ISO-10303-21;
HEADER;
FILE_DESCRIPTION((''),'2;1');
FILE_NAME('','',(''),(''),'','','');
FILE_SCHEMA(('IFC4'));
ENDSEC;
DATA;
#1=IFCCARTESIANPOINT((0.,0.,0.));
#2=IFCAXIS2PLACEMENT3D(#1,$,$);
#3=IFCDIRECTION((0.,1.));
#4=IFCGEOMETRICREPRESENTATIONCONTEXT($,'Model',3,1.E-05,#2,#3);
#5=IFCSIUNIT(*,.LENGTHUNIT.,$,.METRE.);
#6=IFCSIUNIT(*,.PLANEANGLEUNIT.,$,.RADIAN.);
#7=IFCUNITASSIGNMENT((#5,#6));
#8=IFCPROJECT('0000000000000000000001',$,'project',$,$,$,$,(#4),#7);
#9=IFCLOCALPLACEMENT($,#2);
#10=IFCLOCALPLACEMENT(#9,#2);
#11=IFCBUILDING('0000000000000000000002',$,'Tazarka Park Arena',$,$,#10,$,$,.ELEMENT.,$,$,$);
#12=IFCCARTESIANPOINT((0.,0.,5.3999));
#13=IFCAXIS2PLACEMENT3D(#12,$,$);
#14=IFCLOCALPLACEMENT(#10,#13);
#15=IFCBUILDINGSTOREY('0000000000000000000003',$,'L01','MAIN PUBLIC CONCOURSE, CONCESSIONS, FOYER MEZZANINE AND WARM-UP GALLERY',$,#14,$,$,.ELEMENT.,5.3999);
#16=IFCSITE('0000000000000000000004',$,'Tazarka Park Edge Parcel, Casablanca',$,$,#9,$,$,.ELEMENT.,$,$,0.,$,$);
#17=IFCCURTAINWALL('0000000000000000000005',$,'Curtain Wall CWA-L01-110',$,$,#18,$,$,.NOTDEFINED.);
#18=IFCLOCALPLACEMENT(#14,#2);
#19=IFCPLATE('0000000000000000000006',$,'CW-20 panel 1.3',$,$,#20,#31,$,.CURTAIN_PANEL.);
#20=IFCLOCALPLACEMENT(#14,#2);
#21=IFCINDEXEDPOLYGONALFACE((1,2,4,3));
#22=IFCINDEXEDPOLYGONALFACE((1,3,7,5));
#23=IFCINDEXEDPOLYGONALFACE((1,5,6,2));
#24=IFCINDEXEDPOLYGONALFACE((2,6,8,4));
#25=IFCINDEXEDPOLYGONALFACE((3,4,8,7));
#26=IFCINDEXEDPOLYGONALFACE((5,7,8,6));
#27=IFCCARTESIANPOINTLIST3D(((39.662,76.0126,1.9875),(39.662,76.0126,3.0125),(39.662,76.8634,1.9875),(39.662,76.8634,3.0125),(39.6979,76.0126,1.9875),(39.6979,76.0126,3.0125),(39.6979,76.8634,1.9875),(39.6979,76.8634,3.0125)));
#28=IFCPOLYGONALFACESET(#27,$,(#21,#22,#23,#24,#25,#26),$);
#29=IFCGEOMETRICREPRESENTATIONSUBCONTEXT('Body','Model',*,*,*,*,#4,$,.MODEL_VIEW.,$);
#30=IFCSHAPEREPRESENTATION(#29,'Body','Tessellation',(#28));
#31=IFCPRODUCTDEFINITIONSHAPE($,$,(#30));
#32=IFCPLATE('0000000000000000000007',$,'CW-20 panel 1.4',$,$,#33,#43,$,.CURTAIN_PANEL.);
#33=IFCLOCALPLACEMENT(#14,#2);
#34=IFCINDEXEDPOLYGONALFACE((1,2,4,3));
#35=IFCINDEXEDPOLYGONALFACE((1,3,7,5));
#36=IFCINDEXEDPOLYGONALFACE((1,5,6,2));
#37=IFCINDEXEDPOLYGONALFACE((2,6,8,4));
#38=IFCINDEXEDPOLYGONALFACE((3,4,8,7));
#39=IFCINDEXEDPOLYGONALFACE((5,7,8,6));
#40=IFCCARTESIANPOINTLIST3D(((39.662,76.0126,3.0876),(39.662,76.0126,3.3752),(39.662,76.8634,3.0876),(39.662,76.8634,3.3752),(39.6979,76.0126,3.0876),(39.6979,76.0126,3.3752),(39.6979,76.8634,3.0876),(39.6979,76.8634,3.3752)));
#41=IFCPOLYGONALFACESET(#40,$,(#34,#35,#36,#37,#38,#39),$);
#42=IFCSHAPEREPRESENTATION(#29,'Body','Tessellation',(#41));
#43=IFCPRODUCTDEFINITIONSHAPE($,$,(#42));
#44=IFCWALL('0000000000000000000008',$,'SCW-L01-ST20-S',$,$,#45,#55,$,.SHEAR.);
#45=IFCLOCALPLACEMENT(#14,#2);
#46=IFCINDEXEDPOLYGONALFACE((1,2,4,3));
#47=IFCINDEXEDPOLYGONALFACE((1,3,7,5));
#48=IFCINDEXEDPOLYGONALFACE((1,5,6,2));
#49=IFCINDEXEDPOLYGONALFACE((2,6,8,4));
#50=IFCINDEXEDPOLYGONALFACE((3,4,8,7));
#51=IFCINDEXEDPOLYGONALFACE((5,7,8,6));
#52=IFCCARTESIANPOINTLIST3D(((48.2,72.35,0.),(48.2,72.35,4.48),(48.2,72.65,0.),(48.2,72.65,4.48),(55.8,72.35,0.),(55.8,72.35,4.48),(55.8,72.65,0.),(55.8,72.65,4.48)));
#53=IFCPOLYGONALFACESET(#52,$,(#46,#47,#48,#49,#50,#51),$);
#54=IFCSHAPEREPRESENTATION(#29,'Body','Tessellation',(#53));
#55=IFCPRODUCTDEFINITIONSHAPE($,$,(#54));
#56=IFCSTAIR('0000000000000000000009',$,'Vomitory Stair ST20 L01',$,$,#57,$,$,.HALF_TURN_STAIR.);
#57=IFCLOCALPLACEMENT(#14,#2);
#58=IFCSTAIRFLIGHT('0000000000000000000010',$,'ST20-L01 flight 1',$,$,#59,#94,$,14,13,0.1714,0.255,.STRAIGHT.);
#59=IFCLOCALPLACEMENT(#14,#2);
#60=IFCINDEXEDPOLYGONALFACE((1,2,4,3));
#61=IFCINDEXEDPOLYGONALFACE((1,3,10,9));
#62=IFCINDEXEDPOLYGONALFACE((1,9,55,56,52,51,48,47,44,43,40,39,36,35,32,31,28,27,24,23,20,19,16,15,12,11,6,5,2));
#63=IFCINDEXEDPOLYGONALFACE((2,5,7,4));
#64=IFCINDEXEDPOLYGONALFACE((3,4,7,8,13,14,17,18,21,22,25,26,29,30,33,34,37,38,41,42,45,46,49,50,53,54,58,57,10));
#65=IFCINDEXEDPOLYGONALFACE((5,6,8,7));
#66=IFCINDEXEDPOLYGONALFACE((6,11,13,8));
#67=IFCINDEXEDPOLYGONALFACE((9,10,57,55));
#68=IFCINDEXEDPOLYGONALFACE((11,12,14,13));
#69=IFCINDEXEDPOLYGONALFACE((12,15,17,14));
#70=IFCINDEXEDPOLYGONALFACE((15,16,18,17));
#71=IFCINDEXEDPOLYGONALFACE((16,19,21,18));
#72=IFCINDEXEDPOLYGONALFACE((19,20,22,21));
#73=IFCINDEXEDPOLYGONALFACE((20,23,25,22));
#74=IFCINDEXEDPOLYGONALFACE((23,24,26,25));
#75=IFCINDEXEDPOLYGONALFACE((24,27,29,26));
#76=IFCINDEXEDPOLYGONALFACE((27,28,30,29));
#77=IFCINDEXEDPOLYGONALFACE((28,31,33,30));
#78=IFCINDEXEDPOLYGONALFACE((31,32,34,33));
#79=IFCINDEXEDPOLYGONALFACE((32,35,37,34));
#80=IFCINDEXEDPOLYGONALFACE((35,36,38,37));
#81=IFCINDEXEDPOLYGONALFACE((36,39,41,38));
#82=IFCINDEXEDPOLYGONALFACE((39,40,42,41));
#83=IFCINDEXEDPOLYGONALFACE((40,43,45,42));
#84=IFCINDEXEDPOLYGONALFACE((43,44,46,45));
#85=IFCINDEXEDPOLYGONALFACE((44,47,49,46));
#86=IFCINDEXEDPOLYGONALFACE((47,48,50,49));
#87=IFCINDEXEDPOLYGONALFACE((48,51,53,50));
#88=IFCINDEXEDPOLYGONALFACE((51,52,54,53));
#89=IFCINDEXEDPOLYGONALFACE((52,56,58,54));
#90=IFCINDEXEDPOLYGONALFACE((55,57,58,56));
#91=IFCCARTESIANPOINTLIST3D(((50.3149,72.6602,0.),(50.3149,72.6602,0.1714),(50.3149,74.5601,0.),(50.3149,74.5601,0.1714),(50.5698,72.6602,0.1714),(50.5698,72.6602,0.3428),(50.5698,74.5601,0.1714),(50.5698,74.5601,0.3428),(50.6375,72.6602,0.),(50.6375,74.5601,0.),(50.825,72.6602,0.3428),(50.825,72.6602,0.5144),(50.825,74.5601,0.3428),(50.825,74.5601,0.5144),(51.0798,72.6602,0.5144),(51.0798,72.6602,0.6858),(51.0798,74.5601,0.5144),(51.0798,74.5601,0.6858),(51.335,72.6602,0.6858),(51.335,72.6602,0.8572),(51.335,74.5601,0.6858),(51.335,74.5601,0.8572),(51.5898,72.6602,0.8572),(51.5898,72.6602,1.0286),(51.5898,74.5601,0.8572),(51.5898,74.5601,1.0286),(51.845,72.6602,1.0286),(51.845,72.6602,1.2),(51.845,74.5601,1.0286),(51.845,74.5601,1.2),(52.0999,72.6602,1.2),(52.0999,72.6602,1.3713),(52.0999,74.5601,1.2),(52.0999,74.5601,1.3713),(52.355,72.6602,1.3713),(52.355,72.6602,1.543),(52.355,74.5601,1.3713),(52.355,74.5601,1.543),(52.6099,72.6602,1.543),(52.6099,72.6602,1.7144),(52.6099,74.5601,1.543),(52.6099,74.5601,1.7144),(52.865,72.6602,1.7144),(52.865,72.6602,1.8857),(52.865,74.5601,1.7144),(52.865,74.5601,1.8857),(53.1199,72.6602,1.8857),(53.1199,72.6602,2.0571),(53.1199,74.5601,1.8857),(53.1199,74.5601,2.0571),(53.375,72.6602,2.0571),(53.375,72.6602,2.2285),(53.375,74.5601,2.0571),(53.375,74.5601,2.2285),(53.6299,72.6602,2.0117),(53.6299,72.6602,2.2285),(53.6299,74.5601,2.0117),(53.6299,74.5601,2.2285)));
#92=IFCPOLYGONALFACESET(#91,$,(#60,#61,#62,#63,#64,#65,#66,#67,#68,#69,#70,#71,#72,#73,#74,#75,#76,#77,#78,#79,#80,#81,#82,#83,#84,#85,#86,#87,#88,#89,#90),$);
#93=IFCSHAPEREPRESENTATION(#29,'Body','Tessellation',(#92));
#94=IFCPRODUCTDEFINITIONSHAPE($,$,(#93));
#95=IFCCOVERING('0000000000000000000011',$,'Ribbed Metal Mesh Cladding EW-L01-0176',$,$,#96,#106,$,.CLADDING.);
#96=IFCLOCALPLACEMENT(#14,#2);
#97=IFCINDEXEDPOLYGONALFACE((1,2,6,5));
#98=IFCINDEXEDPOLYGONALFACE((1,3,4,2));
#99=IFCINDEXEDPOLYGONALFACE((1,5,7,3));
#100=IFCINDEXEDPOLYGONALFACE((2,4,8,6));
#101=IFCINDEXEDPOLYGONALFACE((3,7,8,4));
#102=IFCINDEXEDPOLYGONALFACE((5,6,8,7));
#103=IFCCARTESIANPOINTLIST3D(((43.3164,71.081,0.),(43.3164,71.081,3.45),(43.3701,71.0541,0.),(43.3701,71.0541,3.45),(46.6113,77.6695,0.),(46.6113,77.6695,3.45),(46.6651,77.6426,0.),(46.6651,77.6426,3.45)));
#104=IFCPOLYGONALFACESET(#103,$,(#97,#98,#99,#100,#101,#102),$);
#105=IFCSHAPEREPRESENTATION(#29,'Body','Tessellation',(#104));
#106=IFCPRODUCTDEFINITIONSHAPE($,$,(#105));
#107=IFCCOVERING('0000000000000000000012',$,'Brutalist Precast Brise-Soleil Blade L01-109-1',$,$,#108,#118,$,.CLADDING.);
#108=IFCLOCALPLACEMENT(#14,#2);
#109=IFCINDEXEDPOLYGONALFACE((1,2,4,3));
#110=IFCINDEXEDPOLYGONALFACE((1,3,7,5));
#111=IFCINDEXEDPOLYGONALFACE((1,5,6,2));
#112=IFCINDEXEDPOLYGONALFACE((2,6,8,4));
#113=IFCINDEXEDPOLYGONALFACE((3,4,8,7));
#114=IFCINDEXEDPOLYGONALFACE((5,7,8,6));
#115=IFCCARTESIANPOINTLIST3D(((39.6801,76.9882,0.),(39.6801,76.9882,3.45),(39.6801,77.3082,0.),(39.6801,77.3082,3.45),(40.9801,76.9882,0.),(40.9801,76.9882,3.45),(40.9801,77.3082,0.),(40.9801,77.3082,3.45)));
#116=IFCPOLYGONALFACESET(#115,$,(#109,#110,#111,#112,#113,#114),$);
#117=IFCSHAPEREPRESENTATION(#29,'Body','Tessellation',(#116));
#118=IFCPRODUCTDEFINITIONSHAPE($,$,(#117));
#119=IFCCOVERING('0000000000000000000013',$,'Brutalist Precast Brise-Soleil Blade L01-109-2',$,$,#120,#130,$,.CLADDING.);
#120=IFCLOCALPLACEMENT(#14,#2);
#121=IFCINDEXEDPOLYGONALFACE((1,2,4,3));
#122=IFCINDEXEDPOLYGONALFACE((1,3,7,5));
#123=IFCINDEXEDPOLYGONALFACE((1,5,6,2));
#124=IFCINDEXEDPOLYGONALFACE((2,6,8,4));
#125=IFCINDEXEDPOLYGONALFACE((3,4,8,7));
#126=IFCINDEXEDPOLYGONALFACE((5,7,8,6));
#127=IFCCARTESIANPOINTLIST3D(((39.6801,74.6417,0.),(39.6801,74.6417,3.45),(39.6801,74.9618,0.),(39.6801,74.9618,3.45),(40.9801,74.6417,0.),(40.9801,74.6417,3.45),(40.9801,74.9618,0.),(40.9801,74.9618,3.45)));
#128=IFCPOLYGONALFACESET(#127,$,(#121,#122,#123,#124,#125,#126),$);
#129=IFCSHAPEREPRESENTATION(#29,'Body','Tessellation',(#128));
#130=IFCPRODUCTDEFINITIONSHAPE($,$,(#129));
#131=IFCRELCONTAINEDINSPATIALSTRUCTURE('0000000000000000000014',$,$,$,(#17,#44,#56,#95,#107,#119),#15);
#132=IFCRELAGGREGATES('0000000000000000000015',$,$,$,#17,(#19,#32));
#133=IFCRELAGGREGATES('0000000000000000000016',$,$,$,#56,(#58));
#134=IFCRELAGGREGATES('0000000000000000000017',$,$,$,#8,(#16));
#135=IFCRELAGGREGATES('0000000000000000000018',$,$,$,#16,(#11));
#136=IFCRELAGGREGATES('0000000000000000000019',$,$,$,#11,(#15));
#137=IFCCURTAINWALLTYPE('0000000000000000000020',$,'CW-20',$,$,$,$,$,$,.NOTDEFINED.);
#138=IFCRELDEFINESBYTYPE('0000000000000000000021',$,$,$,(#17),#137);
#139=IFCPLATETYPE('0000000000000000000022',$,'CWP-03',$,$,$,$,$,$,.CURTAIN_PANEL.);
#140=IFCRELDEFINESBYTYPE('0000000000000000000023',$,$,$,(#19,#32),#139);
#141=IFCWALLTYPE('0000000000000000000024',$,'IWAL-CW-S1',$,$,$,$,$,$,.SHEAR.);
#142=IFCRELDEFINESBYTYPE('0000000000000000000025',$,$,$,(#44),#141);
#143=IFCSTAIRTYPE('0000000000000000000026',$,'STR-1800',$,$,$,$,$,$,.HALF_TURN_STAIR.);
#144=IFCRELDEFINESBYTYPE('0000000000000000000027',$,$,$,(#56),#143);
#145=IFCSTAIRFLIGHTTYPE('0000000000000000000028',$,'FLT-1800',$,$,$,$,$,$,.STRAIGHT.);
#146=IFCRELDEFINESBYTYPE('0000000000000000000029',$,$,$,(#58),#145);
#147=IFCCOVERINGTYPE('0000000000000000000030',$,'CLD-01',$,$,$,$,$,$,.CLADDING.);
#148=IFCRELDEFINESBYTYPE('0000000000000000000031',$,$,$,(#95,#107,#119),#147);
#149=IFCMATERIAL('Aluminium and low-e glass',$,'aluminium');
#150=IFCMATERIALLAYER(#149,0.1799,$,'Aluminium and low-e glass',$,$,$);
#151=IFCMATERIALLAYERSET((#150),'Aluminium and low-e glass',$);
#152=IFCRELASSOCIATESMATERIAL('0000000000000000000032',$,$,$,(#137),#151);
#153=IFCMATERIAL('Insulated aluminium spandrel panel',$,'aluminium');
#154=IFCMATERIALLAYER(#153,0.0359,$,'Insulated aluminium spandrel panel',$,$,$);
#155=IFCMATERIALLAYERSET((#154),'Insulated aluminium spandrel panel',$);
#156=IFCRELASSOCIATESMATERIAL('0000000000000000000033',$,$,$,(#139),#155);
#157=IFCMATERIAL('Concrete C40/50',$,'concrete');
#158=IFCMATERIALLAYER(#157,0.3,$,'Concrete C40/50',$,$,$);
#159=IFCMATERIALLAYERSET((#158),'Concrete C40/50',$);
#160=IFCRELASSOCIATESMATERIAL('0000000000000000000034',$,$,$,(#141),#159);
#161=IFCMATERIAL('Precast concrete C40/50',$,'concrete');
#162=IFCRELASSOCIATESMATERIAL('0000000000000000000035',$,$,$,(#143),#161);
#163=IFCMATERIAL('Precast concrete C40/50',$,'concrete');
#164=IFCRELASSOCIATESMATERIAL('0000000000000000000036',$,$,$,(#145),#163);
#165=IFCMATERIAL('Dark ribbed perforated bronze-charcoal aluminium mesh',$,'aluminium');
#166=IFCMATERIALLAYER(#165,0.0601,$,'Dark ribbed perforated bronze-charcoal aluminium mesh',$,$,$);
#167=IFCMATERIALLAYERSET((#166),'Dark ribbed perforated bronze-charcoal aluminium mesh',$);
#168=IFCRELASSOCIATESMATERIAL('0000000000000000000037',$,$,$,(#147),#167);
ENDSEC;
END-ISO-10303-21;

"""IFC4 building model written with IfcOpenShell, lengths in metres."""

from ifc_helpers import new_model, si_unit, direction, frame, frame_2d, origin, origin_2d, place, context, subcontext, project, spatial, polyline, rectangle, outline, extrude, material, layer, layer_set, type_object, element, aggregate, save


model = new_model("IFC4")

# Units and contexts
model_context = context("Model", 3, precision=1e-05, world=origin(), true_north=direction((0.0, 1.0)))
body_context = subcontext(model_context, "Body", "Model", "MODEL_VIEW")
ifc_project = project(units=[si_unit("LENGTHUNIT", "METRE"), si_unit("PLANEANGLEUNIT", "RADIAN")], contexts=[model_context])

# Site, building, storey
site_placement = place(None, origin())
site = spatial("IfcSite", under=ifc_project, at=site_placement, Name="Tazarka Park Edge Parcel, Casablanca", CompositionType="ELEMENT", RefElevation=0.0)
building_placement = place(site_placement, origin())
building = spatial("IfcBuilding", under=site, at=building_placement, Name="Tazarka Park Arena", CompositionType="ELEMENT")
storey_placement = place(building_placement, frame((0.0, 0.0, 5.3999)))
storey = spatial("IfcBuildingStorey", under=building, at=storey_placement, Name="L01", Description="MAIN PUBLIC CONCOURSE, CONCESSIONS, FOYER MEZZANINE AND WARM-UP GALLERY", CompositionType="ELEMENT", Elevation=5.3999)

# Curtain wall, plates
ifc_material_1 = material(Name="Aluminium and low-e glass", Category="aluminium")
ifc_layer_1 = layer(ifc_material_1, 0.1799, Name="Aluminium and low-e glass")
ifc_layer_set_1 = layer_set([ifc_layer_1], Name="Aluminium and low-e glass")
curtain_wall_type_1 = type_object("IfcCurtainWallType", Name="CW-20", PredefinedType="NOTDEFINED", material=ifc_layer_set_1)
curtain_wall_1_placement = place(storey_placement, origin())
curtain_wall_1 = element("IfcCurtainWall", 1, at=curtain_wall_1_placement, inside=storey, type_object=curtain_wall_type_1, Name="Curtain Wall CWA-L01-110", PredefinedType="NOTDEFINED")
ifc_material_2 = material(Name="Insulated aluminium spandrel panel", Category="aluminium")
ifc_layer_2 = layer(ifc_material_2, 0.0359, Name="Insulated aluminium spandrel panel")
ifc_layer_set_2 = layer_set([ifc_layer_2], Name="Insulated aluminium spandrel panel")
plate_type = type_object("IfcPlateType", Name="CWP-03", PredefinedType="CURTAIN_PANEL", material=ifc_layer_set_2)
plate_1_placement = place(storey_placement, frame((39.6799, 76.438, 1.9875), z_axis=(0.0, 0.0, 1.0), x_axis=(0.0, -1.0, 0.0)))
plate_1 = element("IfcPlate", 2, at=plate_1_placement, type_object=plate_type, Name="CW-20 panel 1.3", PredefinedType="CURTAIN_PANEL", context=body_context, shape_type="SweptSolid", body=[
    extrude(rectangle(XDim=0.8508, YDim=0.0359, at=origin_2d()), origin(), (0.0, 0.0, 1.0), 1.0249),
])
plate_2_placement = place(storey_placement, frame((39.6799, 76.438, 3.0876), z_axis=(0.0, 0.0, 1.0), x_axis=(0.0, -1.0, 0.0)))
plate_2 = element("IfcPlate", 3, at=plate_2_placement, type_object=plate_type, Name="CW-20 panel 1.4", PredefinedType="CURTAIN_PANEL", context=body_context, shape_type="SweptSolid", body=[
    extrude(rectangle(XDim=0.8508, YDim=0.0359, at=origin_2d()), origin(), (0.0, 0.0, 1.0), 0.2876),
])
aggregate(curtain_wall_1, [plate_1, plate_2])

# Wall
ifc_material_3 = material(Name="Concrete C40/50", Category="concrete")
ifc_layer_3 = layer(ifc_material_3, 0.3, Name="Concrete C40/50")
ifc_layer_set_3 = layer_set([ifc_layer_3], Name="Concrete C40/50")
wall_type = type_object("IfcWallType", Name="IWAL-CW-S1", PredefinedType="SHEAR", material=ifc_layer_set_3)
wall_placement = place(storey_placement, frame((55.8, 72.5, 0.0), z_axis=(0.0, 0.0, 1.0), x_axis=(-1.0, 0.0, 0.0)))
element("IfcWall", 4, at=wall_placement, inside=storey, type_object=wall_type, Name="SCW-L01-ST20-S", PredefinedType="SHEAR", context=body_context, shape_type="SweptSolid", body=[
    extrude(rectangle(XDim=7.6001, YDim=0.3, at=frame_2d((3.8, 0.0))), origin(), (0.0, 0.0, 1.0), 4.48),
])

# Stair, stair flight
ifc_material_4 = material(Name="Precast concrete C40/50", Category="concrete")
stair_type = type_object("IfcStairType", Name="STR-1800", PredefinedType="HALF_TURN_STAIR", material=ifc_material_4)
stair_placement = place(storey_placement, origin())
stair = element("IfcStair", 5, at=stair_placement, inside=storey, type_object=stair_type, Name="Vomitory Stair ST20 L01", PredefinedType="HALF_TURN_STAIR")
ifc_material_5 = material(Name="Precast concrete C40/50", Category="concrete")
stair_flight_type = type_object("IfcStairFlightType", Name="FLT-1800", PredefinedType="STRAIGHT", material=ifc_material_5)
stair_flight_placement = place(storey_placement, frame((50.3149, 73.6101, 0.0), z_axis=(0.0, 0.0, 1.0), x_axis=(1.0, 0.0, 0.0)))
stair_flight = element("IfcStairFlight", 6, at=stair_flight_placement, type_object=stair_flight_type, Name="ST20-L01 flight 1", NumberOfRisers=14, NumberOfTreads=13, PredefinedType="STRAIGHT", RiserHeight=0.1714, TreadLength=0.255, context=body_context, shape_type="SweptSolid", body=[
    extrude(outline(polyline([(0.0, 0.0), (0.0, 0.1714), (0.2549, 0.1714), (0.2549, 0.3428), (0.51, 0.3428), (0.51, 0.5144), (0.7649, 0.5144), (0.7649, 0.6858), (1.02, 0.6858), (1.02, 0.8572), (1.2749, 0.8572), (1.2749, 1.0286), (1.53, 1.0286), (1.53, 1.2), (1.7849, 1.2), (1.7849, 1.3713), (2.04, 1.3713), (2.04, 1.543), (2.2949, 1.543), (2.2949, 1.7144), (2.55, 1.7144), (2.55, 1.8857), (2.8049, 1.8857), (2.8049, 2.0571), (3.0601, 2.0571), (3.0601, 2.2285), (3.3149, 2.2285), (3.3149, 2.3999), (3.3149, 2.0117), (0.3225, 0.0), (0.0, 0.0)])), frame((0.0, 0.95, 0.0), z_axis=(0.0, -1.0, 0.0), x_axis=(1.0, 0.0, 0.0)), (0.0, 0.0, 1.0), 1.8999),
])
aggregate(stair, [stair_flight])

# Coverings
ifc_material_6 = material(Name="Dark ribbed perforated bronze-charcoal aluminium mesh", Category="aluminium")
ifc_layer_4 = layer(ifc_material_6, 0.0601, Name="Dark ribbed perforated bronze-charcoal aluminium mesh")
ifc_layer_set_4 = layer_set([ifc_layer_4], Name="Dark ribbed perforated bronze-charcoal aluminium mesh")
covering_type = type_object("IfcCoveringType", Name="CLD-01", PredefinedType="CLADDING", material=ifc_layer_set_4)
covering_placement = place(storey_placement, frame((44.9907, 74.3618, 0.0), z_axis=(0.0, 0.0, 1.0), x_axis=(0.447291, 0.894389, 0.0)))
element("IfcCovering", 7, at=covering_placement, inside=storey, type_object=covering_type, Name="Ribbed Metal Mesh Cladding EW-L01-0176", PredefinedType="CLADDING", context=body_context, shape_type="SweptSolid", body=[
    extrude(rectangle(XDim=7.3665, YDim=0.0601, at=origin_2d()), origin(), (0.0, 0.0, 1.0), 3.45),
])
for number, where, z_axis, x_axis, name in (
    (8, (40.3301, 77.1482, 0.0), (0.0, 0.0, 1.0), (0.0, -1.0, 0.0), "Brutalist Precast Brise-Soleil Blade L01-109-1"),
    (9, (40.3301, 74.8018, 0.0), (0.0, 0.0, 1.0), (0.0, -1.0, 0.0), "Brutalist Precast Brise-Soleil Blade L01-109-2"),
):
    element("IfcCovering", number, at=place(storey_placement, frame(where, z_axis=z_axis, x_axis=x_axis)), inside=storey, type_object=covering_type, Name=name, PredefinedType="CLADDING", context=body_context, shape_type="SweptSolid", body=[
        extrude(rectangle(XDim=0.3201, YDim=1.3, at=origin_2d()), origin(), (0.0, 0.0, 1.0), 3.45),
    ])

save(model, "model.ifc")
